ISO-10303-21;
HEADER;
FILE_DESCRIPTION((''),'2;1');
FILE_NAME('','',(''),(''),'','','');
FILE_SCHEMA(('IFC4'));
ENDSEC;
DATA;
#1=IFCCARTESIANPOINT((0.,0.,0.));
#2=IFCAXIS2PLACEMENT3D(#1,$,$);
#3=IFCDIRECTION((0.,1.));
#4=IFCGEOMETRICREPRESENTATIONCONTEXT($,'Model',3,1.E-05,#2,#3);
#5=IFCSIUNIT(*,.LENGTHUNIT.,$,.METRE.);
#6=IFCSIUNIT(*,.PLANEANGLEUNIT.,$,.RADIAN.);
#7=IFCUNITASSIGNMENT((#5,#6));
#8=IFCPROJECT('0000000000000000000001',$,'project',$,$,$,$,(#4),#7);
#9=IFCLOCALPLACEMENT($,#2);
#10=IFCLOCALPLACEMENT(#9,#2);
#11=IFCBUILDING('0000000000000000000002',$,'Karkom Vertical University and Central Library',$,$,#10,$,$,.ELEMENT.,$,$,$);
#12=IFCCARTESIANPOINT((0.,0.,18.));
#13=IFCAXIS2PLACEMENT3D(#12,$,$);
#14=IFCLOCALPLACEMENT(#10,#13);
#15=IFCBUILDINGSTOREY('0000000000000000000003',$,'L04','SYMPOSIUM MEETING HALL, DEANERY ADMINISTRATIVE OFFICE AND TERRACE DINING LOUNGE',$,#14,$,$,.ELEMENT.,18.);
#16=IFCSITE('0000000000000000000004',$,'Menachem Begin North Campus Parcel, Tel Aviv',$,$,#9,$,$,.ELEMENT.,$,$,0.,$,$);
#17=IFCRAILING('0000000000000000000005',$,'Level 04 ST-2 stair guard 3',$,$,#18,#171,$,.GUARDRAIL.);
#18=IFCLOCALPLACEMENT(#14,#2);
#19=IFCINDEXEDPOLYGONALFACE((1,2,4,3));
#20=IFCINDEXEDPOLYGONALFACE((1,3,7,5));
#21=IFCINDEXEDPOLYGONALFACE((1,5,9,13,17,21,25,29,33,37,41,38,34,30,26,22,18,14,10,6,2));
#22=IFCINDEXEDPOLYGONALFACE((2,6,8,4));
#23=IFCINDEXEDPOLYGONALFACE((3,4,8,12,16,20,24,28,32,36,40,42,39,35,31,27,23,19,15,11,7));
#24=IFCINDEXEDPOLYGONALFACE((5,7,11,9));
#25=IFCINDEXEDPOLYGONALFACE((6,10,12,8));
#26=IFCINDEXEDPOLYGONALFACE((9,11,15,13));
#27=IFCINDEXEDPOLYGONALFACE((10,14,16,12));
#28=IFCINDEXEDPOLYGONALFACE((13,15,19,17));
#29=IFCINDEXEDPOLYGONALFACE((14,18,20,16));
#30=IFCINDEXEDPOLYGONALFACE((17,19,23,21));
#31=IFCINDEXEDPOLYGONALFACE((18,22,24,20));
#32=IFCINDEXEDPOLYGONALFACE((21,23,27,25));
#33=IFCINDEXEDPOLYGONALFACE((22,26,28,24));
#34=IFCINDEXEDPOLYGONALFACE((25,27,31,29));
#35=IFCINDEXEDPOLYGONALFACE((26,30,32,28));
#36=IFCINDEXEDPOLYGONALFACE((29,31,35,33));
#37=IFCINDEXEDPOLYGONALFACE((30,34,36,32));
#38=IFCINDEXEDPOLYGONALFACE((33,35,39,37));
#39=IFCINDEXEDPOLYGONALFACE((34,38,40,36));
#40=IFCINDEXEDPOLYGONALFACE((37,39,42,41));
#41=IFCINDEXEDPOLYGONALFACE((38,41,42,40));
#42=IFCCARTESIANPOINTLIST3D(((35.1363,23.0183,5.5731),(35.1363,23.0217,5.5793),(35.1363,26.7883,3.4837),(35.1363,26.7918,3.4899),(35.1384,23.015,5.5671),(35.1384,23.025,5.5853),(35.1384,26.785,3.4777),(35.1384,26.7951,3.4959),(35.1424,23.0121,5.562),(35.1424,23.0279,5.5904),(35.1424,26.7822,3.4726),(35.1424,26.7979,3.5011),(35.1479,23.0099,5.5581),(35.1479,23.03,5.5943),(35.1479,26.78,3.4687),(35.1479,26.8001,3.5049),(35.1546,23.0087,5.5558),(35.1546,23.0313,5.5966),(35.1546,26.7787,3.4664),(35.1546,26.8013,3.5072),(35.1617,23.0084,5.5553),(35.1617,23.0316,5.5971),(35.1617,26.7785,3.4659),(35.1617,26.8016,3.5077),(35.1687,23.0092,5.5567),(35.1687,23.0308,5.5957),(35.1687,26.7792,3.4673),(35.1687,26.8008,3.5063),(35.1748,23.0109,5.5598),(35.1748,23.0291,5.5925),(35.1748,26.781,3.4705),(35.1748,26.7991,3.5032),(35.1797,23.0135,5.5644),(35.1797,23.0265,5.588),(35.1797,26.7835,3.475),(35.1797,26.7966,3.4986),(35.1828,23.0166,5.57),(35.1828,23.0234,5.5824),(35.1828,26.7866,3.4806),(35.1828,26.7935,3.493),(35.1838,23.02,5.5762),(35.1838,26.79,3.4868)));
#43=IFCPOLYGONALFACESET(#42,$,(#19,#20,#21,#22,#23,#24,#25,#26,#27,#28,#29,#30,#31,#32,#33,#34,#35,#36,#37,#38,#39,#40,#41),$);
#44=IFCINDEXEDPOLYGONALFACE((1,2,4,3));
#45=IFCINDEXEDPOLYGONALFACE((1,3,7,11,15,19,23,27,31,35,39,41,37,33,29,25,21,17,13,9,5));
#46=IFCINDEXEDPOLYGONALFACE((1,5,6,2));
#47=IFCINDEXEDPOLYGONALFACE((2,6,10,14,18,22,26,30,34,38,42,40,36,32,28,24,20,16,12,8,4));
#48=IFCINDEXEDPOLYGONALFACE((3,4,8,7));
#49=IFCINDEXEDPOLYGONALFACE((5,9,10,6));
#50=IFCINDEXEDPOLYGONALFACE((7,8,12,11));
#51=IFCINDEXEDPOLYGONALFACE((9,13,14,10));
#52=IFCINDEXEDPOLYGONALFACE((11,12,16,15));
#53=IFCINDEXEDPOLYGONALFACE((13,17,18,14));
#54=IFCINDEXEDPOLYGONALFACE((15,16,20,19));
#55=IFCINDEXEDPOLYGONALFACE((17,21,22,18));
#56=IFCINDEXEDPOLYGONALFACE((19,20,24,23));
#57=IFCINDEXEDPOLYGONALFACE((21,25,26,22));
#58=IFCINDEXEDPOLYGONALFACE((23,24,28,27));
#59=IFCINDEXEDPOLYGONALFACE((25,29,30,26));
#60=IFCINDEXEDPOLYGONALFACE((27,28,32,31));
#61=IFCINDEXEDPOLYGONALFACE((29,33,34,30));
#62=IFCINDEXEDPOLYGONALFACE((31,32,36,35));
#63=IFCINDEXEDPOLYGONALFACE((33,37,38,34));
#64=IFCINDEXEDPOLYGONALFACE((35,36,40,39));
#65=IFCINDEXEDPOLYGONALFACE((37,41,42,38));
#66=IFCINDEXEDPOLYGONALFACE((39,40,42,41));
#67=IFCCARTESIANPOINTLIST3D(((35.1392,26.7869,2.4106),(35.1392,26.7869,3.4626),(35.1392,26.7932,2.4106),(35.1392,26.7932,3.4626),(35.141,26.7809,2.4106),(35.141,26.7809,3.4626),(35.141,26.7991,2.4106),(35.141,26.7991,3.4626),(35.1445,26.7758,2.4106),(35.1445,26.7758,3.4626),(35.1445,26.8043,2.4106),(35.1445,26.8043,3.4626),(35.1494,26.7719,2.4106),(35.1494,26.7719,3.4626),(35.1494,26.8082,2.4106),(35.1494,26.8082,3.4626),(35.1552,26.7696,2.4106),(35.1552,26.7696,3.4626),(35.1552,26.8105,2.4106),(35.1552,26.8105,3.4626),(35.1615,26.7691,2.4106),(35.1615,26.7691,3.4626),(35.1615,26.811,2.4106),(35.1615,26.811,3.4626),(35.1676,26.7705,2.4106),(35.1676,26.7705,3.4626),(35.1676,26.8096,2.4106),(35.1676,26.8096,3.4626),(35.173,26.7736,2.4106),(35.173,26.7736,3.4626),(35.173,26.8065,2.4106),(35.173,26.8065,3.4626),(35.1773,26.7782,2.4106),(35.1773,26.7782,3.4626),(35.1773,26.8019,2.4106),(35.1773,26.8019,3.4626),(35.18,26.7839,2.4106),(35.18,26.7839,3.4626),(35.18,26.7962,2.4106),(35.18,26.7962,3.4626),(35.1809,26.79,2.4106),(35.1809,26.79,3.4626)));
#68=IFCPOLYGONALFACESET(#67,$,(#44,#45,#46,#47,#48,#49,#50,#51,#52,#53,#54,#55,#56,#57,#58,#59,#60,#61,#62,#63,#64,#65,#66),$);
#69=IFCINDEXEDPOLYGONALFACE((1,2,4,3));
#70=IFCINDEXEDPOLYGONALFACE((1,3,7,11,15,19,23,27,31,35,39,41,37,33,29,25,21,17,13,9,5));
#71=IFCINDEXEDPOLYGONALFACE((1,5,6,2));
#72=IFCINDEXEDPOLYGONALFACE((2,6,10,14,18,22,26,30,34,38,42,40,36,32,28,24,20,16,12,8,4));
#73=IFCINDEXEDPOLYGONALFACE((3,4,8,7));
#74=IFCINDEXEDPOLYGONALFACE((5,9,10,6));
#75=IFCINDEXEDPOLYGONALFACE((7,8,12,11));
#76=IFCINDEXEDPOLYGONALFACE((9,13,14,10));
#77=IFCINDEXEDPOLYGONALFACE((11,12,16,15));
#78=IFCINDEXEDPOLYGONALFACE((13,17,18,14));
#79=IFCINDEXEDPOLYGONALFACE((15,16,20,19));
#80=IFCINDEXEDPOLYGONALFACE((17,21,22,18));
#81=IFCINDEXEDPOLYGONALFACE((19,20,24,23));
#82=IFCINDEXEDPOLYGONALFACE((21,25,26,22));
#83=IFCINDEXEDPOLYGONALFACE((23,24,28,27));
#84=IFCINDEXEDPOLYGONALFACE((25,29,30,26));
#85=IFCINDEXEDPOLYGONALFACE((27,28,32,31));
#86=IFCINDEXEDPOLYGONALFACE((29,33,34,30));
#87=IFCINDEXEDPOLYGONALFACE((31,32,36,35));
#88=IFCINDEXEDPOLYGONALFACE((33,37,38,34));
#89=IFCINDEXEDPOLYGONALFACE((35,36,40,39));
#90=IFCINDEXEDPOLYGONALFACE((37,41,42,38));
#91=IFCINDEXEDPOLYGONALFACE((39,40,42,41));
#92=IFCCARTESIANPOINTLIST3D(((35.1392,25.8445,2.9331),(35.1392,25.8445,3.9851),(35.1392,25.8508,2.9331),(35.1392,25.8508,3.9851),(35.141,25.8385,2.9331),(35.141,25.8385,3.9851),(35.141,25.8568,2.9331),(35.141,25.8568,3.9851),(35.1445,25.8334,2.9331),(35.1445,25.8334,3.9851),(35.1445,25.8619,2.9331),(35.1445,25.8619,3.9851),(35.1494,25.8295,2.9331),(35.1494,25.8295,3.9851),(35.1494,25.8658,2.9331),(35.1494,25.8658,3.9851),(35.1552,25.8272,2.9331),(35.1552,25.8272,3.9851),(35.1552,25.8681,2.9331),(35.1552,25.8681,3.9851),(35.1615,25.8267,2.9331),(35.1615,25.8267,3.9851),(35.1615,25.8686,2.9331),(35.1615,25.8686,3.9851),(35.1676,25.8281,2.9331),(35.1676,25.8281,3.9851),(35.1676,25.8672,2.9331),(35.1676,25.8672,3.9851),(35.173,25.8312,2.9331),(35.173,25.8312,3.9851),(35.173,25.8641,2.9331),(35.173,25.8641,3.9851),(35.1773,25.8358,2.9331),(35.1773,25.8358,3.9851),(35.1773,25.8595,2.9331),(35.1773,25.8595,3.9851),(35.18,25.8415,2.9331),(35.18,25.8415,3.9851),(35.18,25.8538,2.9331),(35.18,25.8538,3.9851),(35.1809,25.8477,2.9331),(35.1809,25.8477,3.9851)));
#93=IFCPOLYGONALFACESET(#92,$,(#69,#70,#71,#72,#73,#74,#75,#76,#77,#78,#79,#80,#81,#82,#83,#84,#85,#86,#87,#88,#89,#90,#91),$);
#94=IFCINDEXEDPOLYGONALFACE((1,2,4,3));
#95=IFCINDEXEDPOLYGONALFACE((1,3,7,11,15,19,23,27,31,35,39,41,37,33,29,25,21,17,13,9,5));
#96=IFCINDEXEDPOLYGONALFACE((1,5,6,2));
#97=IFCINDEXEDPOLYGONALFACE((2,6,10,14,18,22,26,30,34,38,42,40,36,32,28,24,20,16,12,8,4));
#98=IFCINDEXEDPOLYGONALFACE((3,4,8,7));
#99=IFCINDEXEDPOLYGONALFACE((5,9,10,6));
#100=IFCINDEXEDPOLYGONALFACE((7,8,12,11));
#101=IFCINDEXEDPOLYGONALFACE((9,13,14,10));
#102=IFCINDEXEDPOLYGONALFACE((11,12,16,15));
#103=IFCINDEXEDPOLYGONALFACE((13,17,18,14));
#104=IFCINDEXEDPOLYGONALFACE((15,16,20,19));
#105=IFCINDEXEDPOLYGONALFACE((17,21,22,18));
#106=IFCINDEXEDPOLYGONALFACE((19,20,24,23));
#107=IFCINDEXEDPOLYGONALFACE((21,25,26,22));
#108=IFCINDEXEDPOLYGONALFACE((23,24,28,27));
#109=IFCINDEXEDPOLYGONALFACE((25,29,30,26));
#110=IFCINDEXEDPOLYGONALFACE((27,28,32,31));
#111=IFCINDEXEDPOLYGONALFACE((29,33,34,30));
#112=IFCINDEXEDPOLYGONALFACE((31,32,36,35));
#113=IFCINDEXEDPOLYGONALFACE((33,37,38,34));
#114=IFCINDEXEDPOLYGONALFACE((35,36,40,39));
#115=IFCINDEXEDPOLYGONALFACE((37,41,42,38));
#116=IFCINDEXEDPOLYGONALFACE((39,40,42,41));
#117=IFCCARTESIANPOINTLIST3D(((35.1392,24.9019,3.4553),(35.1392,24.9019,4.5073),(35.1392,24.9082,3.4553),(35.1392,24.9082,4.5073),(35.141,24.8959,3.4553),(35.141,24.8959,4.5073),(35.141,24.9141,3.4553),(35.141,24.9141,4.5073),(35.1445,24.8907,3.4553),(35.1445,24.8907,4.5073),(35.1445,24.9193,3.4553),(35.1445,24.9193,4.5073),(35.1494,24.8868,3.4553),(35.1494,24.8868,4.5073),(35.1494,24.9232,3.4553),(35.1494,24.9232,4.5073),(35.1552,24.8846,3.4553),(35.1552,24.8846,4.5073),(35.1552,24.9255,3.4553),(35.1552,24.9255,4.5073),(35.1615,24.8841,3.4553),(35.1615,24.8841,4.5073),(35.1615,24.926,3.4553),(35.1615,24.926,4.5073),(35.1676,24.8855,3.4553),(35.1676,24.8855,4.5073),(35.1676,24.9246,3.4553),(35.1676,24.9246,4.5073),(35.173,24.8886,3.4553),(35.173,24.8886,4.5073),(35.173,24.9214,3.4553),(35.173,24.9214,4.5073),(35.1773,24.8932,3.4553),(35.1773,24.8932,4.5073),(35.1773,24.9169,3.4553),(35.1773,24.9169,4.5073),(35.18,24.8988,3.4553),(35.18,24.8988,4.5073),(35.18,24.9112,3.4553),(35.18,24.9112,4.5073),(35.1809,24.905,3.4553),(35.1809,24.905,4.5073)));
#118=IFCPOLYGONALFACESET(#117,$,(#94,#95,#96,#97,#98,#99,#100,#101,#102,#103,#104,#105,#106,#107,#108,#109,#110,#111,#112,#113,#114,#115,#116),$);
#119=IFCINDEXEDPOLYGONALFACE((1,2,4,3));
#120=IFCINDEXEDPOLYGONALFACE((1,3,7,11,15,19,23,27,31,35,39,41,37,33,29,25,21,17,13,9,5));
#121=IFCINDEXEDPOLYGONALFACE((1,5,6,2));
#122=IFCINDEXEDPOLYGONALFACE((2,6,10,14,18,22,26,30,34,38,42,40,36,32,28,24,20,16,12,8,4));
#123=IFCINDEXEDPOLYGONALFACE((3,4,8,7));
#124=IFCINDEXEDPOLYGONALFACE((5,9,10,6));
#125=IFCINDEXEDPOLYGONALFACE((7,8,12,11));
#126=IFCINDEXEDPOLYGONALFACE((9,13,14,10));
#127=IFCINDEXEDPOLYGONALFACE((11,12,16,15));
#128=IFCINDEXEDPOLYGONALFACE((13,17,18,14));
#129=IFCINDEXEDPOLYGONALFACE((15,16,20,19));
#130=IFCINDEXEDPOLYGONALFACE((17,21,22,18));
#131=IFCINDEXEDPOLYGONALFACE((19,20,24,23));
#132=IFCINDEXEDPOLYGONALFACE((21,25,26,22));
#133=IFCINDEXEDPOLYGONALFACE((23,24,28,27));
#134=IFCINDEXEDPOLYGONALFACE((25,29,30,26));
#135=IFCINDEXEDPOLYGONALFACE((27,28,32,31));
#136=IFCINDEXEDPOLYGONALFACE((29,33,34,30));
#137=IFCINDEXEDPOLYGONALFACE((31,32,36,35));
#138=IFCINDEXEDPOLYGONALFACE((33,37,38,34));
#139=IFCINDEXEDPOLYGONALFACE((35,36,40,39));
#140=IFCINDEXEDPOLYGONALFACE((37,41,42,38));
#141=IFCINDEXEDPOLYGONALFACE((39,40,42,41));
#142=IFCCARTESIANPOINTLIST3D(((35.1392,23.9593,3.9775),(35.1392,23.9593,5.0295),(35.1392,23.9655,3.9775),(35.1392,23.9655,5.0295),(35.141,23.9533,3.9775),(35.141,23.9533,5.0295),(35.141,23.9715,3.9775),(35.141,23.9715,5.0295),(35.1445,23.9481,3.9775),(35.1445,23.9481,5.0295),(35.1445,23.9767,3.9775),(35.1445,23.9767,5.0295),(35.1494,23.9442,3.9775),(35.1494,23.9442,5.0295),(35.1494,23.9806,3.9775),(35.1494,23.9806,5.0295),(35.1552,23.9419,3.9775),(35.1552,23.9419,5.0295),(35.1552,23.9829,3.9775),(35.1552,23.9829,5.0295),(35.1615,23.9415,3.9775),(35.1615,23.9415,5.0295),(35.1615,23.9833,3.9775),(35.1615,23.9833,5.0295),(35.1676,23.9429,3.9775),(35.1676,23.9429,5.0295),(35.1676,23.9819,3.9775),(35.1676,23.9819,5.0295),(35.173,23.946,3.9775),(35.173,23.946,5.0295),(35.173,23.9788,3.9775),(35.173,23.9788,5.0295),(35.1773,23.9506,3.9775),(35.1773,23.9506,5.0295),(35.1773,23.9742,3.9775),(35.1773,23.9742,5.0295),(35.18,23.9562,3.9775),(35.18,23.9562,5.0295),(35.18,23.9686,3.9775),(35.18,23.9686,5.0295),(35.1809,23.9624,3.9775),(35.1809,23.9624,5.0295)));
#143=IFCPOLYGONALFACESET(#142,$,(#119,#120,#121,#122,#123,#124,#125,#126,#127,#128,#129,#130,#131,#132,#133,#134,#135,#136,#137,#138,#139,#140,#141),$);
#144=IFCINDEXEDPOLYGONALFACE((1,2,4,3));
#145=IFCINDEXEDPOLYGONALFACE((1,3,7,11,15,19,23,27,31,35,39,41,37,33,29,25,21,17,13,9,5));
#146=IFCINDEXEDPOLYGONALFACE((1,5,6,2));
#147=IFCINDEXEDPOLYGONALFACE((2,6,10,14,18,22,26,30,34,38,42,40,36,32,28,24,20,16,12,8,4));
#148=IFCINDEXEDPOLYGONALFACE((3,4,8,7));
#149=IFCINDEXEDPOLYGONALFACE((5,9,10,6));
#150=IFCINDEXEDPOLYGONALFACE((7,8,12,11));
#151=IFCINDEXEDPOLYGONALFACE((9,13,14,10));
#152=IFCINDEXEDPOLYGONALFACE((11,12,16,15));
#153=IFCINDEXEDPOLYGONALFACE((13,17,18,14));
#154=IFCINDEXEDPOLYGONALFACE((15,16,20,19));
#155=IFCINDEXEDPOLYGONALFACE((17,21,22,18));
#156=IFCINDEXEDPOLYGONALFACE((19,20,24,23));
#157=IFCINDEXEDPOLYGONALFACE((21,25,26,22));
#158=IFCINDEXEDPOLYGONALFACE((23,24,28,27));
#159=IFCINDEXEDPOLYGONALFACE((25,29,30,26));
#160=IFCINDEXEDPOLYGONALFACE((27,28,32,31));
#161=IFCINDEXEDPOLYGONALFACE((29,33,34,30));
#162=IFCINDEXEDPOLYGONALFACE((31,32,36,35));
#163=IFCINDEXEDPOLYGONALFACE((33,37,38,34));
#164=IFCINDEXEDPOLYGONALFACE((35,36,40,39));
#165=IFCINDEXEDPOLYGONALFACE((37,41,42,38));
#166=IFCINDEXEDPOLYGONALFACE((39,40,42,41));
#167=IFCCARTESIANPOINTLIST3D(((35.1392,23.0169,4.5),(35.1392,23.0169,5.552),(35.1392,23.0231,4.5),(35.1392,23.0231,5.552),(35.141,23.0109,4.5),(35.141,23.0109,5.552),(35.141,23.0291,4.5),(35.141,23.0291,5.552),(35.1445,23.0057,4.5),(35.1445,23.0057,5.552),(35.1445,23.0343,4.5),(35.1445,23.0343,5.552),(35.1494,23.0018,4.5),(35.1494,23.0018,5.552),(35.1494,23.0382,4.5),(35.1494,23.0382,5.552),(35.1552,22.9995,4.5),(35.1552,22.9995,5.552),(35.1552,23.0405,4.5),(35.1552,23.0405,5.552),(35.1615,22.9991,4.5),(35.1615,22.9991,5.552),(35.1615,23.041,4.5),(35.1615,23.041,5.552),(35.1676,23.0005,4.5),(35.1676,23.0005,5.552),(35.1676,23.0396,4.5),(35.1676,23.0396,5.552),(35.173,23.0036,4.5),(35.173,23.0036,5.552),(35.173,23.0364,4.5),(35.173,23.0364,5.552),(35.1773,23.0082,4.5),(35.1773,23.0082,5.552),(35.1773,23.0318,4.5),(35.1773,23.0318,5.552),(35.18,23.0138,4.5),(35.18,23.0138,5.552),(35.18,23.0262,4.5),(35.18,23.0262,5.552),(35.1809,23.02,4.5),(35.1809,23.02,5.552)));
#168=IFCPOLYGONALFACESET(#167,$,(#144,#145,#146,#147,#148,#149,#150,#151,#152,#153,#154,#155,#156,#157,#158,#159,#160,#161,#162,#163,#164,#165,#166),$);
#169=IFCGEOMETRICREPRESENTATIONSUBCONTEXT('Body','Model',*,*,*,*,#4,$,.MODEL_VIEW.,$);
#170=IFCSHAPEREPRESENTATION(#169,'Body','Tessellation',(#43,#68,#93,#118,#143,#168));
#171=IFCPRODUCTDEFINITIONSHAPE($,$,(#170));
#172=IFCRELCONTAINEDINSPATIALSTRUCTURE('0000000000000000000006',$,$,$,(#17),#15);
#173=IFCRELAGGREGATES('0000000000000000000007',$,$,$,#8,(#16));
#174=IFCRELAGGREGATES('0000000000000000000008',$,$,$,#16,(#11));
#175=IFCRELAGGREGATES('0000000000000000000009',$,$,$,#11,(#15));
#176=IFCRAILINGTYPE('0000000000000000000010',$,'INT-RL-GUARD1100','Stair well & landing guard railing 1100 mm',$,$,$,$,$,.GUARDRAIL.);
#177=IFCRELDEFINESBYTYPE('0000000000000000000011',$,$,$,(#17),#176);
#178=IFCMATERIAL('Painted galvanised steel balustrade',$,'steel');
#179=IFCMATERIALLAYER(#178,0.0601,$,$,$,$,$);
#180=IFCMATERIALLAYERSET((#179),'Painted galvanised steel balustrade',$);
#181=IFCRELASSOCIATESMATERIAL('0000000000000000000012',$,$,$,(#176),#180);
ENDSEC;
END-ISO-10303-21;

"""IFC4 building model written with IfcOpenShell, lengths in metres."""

from ifc_helpers import new_model, si_unit, direction, frame, origin, origin_2d, place, context, subcontext, project, spatial, circle, extrude, material, layer, layer_set, type_object, element, save


model = new_model("IFC4")

# Units and contexts
model_context = context("Model", 3, precision=1e-05, world=origin(), true_north=direction((0.0, 1.0)))
body_context = subcontext(model_context, "Body", "Model", "MODEL_VIEW")
ifc_project = project(units=[si_unit("LENGTHUNIT", "METRE"), si_unit("PLANEANGLEUNIT", "RADIAN")], contexts=[model_context])

# Site, building, storey
site_placement = place(None, origin())
site = spatial("IfcSite", under=ifc_project, at=site_placement, Name="Menachem Begin North Campus Parcel, Tel Aviv", CompositionType="ELEMENT", RefElevation=0.0)
building_placement = place(site_placement, origin())
building = spatial("IfcBuilding", under=site, at=building_placement, Name="Karkom Vertical University and Central Library", CompositionType="ELEMENT")
storey_placement = place(building_placement, frame((0.0, 0.0, 18.0)))
storey = spatial("IfcBuildingStorey", under=building, at=storey_placement, Name="L04", Description="SYMPOSIUM MEETING HALL, DEANERY ADMINISTRATIVE OFFICE AND TERRACE DINING LOUNGE", CompositionType="ELEMENT", Elevation=18.0)

# Railing
ifc_material_1 = material(Name="Painted galvanised steel balustrade", Category="steel")
ifc_layer_1 = layer(ifc_material_1, 0.0601)
ifc_layer_set_1 = layer_set([ifc_layer_1], Name="Painted galvanised steel balustrade")
railing_type_1 = type_object("IfcRailingType", Name="INT-RL-GUARD1100", Description="Stair well & landing guard railing 1100 mm", PredefinedType="GUARDRAIL", material=ifc_layer_set_1)
railing_1_placement = place(storey_placement, frame((35.1599, 26.79, 2.4106)))
element("IfcRailing", 1, at=railing_1_placement, inside=storey, type_object=railing_type_1, Name="Level 04 ST-2 stair guard 3", PredefinedType="GUARDRAIL", context=body_context, shape_type="SweptSolid", body=[
    extrude(circle(Radius=0.0239, at=origin_2d()), frame((0.0, 0.0, 1.0762), z_axis=(0.0, -0.874659, 0.484739), x_axis=(1.0, 0.0, 0.0)), (0.0, 0.0, 1.0), 4.3103),
    extrude(circle(Radius=0.021, at=origin_2d()), origin(), (0.0, 0.0, 1.0), 1.052),
    extrude(circle(Radius=0.021, at=origin_2d()), frame((0.0, -0.9424, 0.5225)), (0.0, 0.0, 1.0), 1.052),
    extrude(circle(Radius=0.021, at=origin_2d()), frame((0.0, -1.885, 1.0447)), (0.0, 0.0, 1.0), 1.052),
    extrude(circle(Radius=0.021, at=origin_2d()), frame((0.0, -2.8276, 1.5669)), (0.0, 0.0, 1.0), 1.052),
    extrude(circle(Radius=0.021, at=origin_2d()), frame((0.0, -3.77, 2.0894)), (0.0, 0.0, 1.0), 1.052),
])

save(model, "model.ifc")
